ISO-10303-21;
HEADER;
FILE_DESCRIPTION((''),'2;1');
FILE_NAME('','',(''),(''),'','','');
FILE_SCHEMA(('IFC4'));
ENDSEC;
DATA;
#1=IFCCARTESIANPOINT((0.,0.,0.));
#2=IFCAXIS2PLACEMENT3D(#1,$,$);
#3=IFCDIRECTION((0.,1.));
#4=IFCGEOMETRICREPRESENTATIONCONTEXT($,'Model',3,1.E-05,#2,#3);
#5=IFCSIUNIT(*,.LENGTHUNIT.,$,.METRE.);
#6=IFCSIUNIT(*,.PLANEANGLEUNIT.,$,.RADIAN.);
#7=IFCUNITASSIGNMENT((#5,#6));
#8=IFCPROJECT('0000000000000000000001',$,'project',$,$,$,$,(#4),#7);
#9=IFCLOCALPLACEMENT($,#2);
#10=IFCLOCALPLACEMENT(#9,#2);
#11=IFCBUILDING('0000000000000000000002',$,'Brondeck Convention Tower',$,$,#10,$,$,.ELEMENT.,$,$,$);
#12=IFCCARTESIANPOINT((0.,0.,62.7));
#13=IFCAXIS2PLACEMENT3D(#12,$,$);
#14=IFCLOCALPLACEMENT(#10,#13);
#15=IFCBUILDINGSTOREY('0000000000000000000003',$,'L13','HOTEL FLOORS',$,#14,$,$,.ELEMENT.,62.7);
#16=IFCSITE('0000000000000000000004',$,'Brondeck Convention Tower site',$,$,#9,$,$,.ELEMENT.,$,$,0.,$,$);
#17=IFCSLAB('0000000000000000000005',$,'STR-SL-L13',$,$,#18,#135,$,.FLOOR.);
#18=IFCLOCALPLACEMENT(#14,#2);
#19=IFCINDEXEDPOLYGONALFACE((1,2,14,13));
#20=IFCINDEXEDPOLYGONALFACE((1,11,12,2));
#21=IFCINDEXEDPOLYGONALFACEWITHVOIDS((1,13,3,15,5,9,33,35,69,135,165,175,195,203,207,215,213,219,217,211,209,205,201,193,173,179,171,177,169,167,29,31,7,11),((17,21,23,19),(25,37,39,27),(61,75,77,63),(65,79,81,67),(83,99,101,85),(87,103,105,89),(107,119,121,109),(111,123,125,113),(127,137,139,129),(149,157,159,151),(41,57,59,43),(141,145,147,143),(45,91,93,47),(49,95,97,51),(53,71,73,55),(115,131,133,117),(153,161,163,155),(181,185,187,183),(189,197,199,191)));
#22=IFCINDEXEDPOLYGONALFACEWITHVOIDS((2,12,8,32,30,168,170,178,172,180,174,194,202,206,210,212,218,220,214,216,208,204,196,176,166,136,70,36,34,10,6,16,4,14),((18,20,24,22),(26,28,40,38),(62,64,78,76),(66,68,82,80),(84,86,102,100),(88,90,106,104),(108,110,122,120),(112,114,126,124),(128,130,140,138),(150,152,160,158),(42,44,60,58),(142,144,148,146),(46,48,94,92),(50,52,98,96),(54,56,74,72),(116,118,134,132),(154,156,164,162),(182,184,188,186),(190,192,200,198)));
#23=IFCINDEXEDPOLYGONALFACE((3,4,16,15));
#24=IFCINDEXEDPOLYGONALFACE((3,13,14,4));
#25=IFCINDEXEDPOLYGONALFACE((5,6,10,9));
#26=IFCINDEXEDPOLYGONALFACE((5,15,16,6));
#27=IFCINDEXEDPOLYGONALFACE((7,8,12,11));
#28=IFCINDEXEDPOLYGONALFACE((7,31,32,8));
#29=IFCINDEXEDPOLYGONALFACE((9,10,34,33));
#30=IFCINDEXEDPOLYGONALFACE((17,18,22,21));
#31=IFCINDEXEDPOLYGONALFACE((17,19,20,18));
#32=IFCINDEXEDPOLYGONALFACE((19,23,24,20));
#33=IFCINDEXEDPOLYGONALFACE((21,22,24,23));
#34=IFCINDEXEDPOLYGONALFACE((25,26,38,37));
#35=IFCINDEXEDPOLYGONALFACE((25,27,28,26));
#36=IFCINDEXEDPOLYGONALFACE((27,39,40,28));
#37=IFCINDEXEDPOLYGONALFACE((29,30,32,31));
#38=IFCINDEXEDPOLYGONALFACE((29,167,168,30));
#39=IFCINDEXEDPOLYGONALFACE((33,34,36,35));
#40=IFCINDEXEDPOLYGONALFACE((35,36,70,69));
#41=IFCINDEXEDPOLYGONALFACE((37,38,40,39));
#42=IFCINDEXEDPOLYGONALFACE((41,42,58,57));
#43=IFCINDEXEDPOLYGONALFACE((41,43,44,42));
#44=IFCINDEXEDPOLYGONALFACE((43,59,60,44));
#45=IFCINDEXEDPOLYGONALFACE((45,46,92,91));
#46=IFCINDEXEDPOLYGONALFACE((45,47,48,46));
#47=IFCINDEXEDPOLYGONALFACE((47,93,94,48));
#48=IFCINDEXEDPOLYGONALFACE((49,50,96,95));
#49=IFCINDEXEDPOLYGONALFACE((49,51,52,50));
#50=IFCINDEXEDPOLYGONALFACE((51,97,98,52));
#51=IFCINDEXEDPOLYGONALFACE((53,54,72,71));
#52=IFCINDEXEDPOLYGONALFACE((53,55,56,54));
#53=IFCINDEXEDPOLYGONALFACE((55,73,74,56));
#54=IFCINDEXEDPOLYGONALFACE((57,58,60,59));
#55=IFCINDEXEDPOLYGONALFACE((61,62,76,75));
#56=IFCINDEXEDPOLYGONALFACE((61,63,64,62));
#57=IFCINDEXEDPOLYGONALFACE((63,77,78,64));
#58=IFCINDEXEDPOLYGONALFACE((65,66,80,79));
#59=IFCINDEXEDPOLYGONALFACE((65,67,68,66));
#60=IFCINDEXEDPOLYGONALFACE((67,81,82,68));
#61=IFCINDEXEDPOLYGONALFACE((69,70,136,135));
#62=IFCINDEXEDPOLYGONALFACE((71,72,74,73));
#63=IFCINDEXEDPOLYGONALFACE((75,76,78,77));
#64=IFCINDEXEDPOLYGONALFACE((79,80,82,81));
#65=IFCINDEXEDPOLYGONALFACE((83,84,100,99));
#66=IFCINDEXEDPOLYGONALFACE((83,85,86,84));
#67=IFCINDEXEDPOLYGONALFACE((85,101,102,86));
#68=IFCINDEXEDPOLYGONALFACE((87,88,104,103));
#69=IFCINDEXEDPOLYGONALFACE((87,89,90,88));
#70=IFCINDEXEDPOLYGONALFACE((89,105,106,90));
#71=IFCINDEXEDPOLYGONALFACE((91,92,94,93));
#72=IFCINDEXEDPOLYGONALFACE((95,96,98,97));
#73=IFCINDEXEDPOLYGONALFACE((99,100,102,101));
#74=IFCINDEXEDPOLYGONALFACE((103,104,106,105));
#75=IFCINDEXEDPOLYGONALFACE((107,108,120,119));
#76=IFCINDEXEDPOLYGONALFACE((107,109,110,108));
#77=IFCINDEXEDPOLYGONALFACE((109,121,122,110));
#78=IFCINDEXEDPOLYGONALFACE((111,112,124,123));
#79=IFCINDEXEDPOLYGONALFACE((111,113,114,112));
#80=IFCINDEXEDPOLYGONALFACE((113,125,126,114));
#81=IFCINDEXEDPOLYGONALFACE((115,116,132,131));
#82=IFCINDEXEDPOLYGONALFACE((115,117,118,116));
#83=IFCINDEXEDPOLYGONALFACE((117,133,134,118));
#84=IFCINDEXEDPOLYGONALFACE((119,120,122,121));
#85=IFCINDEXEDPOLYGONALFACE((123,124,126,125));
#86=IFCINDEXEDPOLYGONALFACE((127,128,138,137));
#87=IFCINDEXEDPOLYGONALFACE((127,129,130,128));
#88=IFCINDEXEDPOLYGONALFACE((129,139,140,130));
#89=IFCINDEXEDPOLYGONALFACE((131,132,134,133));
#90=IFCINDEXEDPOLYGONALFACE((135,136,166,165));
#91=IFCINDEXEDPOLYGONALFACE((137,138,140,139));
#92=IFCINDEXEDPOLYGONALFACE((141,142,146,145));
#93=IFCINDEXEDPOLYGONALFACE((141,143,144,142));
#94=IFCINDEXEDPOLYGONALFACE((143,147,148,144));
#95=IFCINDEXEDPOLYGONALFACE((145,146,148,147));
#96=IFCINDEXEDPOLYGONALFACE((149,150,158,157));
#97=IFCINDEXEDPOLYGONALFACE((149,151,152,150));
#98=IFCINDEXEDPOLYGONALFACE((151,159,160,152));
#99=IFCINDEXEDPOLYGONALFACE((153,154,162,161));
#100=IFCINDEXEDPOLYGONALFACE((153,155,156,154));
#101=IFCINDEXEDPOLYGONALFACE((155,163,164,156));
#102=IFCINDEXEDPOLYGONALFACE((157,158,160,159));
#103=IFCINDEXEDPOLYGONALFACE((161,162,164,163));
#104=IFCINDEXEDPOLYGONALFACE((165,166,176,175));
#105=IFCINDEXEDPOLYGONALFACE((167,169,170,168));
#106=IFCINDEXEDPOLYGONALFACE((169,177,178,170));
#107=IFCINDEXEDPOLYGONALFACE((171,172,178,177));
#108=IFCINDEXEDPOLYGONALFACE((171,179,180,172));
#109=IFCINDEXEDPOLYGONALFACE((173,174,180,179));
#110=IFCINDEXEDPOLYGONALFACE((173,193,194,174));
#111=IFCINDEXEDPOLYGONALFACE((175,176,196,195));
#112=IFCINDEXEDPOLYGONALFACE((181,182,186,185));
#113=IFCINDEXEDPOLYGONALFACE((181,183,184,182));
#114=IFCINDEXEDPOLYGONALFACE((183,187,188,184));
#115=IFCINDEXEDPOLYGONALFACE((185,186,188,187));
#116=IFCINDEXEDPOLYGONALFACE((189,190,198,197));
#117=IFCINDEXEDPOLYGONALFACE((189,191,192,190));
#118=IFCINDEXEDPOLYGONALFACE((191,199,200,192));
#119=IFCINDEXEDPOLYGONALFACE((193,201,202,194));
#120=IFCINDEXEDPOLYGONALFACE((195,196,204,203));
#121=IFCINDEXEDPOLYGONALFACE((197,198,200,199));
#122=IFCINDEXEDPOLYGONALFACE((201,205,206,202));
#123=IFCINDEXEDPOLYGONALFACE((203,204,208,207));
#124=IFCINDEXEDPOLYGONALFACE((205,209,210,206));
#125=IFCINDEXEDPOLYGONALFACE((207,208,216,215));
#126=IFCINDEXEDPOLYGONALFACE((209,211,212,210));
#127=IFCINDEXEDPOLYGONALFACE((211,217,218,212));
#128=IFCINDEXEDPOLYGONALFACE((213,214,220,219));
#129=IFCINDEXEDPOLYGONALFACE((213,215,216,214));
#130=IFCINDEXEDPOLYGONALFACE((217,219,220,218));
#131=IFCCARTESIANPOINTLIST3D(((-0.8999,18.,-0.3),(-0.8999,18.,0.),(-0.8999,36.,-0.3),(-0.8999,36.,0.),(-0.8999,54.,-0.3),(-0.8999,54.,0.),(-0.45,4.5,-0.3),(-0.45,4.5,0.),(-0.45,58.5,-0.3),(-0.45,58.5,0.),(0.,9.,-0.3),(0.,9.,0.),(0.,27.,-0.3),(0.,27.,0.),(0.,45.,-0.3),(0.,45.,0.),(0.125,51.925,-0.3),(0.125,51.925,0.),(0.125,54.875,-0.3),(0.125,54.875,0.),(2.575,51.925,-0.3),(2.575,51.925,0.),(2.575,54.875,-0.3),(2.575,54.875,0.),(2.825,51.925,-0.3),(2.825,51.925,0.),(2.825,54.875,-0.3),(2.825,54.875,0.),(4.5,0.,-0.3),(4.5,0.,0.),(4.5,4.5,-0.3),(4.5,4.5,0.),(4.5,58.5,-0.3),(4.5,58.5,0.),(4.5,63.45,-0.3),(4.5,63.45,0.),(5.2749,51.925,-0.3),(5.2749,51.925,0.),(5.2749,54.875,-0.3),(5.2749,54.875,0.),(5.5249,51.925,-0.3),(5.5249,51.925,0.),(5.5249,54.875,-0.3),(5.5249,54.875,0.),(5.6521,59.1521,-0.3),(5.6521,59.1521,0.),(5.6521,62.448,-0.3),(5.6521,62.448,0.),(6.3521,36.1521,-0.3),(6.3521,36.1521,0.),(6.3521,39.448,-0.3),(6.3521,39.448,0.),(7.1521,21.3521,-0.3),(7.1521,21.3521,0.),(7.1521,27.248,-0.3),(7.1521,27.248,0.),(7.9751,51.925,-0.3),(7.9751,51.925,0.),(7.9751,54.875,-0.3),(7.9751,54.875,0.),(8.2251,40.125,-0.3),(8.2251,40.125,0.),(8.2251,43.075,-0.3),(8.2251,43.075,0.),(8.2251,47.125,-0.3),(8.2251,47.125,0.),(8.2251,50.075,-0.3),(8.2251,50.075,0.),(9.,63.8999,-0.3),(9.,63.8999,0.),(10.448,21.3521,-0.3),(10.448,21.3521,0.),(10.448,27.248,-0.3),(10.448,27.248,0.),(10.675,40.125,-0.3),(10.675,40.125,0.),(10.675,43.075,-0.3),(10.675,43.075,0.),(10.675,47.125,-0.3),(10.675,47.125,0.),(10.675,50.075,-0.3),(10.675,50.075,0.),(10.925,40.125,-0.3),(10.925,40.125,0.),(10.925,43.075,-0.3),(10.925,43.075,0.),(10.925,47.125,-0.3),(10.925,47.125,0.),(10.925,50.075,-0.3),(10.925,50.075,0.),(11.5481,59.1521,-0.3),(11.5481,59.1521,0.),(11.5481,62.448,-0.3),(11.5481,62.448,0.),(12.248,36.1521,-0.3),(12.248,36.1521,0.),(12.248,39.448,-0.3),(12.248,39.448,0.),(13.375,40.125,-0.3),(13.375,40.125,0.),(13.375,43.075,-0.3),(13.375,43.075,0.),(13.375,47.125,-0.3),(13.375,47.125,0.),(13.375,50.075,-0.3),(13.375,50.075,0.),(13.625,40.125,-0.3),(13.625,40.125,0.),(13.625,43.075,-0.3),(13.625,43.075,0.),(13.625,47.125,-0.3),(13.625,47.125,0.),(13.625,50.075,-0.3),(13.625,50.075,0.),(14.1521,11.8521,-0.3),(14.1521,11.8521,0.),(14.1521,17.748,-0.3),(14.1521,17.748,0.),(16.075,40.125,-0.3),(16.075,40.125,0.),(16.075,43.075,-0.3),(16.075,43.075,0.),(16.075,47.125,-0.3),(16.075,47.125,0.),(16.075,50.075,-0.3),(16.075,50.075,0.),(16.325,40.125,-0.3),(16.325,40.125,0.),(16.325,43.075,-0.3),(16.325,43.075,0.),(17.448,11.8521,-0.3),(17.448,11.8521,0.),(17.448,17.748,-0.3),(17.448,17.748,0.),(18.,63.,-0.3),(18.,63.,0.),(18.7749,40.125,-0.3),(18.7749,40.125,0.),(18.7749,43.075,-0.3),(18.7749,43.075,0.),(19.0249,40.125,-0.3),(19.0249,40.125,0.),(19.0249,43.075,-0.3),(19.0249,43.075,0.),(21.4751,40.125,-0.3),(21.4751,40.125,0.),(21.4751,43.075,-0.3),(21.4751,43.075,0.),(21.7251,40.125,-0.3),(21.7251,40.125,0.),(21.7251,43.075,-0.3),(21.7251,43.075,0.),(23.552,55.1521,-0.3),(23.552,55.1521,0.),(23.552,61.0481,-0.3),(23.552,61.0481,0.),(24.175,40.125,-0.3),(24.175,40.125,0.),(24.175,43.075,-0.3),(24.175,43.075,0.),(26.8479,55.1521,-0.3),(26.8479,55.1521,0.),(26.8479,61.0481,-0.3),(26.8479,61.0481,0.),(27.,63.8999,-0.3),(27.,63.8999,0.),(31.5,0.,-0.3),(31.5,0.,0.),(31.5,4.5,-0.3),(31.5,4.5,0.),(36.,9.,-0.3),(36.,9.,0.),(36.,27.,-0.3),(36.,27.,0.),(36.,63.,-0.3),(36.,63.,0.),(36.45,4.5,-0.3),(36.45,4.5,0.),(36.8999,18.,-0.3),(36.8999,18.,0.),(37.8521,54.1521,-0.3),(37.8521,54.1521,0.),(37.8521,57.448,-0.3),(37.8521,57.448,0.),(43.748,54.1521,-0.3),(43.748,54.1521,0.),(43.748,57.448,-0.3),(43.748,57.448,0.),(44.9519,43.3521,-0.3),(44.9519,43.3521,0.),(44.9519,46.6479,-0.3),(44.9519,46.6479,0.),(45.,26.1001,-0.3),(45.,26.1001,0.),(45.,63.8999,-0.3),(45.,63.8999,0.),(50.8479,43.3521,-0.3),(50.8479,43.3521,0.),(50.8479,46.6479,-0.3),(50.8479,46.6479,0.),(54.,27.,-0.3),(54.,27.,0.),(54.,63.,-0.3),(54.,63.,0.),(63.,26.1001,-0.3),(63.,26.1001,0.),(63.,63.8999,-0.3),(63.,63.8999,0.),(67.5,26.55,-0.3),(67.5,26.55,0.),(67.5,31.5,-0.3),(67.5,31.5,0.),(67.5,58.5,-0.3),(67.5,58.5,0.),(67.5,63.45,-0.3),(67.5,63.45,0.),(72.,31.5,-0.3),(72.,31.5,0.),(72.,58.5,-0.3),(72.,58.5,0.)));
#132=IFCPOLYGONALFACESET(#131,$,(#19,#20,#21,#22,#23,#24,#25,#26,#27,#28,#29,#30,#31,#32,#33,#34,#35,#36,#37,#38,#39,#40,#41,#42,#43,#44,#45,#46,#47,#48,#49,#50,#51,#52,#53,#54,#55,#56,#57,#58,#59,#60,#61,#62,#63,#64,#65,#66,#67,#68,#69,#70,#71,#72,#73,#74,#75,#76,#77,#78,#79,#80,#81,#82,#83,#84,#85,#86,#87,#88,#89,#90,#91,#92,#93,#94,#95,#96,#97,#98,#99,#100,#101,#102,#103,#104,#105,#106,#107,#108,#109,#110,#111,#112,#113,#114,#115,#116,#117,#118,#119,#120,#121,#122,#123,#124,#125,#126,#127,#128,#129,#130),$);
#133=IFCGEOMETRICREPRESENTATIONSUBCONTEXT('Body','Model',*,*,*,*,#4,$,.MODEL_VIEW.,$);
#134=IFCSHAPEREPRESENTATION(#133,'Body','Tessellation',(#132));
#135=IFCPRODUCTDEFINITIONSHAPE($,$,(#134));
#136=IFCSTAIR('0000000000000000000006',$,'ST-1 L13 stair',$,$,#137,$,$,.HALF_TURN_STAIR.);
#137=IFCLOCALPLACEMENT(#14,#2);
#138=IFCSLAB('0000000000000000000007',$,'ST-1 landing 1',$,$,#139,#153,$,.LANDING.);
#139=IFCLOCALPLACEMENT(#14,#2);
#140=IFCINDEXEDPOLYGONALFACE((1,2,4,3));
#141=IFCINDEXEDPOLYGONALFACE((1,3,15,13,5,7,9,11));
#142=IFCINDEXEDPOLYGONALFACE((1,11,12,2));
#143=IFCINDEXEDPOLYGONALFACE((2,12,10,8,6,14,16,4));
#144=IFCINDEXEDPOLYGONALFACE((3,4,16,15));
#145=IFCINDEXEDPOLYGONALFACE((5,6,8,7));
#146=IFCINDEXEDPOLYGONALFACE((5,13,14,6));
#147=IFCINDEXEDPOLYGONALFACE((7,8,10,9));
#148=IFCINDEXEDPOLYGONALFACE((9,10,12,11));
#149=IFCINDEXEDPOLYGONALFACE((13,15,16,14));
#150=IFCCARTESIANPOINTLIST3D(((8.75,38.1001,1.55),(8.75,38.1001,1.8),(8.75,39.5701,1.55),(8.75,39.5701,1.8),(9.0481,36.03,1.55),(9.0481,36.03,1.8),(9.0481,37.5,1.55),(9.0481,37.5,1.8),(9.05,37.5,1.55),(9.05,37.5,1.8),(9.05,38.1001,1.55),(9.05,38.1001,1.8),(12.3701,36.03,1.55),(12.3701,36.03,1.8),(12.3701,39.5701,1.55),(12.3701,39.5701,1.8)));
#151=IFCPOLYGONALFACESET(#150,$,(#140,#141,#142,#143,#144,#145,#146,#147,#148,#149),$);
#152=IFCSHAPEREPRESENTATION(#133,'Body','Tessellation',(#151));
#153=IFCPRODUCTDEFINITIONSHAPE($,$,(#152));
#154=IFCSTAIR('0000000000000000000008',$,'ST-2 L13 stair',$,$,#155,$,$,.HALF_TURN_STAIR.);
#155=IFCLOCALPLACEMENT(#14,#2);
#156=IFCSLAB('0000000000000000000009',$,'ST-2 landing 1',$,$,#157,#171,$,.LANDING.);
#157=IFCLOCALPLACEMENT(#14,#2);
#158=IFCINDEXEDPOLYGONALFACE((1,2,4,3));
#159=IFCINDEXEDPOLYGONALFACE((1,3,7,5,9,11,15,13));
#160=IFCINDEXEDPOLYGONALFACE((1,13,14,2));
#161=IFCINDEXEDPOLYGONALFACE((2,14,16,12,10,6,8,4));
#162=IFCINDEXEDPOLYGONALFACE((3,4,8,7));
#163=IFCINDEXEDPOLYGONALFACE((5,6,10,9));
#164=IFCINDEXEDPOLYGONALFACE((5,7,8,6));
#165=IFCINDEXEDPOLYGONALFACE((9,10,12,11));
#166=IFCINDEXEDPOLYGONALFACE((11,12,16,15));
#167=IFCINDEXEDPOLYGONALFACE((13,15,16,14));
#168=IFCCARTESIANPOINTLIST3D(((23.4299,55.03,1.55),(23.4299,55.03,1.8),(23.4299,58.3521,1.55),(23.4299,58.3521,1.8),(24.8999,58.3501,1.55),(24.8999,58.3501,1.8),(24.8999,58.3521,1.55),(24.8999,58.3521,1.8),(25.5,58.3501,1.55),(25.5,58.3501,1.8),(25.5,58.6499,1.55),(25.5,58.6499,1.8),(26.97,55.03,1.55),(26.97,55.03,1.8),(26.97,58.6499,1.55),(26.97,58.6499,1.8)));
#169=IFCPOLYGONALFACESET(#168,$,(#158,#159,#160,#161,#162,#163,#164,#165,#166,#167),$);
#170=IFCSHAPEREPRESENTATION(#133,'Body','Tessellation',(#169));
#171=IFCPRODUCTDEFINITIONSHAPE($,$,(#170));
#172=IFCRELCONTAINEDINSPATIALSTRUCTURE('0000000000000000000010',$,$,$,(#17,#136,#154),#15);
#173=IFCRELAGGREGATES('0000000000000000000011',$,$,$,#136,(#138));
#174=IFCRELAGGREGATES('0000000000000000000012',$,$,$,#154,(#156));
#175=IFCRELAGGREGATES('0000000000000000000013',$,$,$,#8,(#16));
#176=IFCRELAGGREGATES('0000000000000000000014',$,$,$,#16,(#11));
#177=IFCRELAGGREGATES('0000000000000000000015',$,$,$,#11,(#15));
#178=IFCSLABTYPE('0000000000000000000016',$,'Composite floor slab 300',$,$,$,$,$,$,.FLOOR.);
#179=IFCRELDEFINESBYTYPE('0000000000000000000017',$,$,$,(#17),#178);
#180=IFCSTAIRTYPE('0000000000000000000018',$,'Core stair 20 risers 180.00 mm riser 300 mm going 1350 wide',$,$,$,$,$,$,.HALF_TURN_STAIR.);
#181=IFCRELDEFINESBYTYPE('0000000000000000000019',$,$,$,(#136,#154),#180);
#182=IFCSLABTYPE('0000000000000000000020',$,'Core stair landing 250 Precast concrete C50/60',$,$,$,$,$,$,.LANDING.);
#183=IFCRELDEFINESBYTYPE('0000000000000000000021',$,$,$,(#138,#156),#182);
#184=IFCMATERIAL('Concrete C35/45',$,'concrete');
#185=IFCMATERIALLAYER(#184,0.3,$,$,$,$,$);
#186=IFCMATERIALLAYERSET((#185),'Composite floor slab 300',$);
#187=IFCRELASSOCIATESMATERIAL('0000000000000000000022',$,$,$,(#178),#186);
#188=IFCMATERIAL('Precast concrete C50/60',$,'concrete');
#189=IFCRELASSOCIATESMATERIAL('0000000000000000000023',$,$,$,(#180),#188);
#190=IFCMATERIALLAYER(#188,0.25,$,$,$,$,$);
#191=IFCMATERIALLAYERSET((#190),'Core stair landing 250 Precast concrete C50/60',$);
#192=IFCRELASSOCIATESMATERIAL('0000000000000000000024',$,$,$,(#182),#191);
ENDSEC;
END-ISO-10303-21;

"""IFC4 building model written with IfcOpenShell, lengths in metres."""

from ifc_helpers import new_model, si_unit, direction, frame, origin, place, context, subcontext, project, spatial, polyline, outline, extrude, material, layer, layer_set, type_object, element, aggregate, save


model = new_model("IFC4")

# Units and contexts
model_context = context("Model", 3, precision=1e-05, world=origin(), true_north=direction((0.0, 1.0)))
body_context = subcontext(model_context, "Body", "Model", "MODEL_VIEW")
ifc_project = project(units=[si_unit("LENGTHUNIT", "METRE"), si_unit("PLANEANGLEUNIT", "RADIAN")], contexts=[model_context])

# Site, building, storey
site_placement = place(None, origin())
site = spatial("IfcSite", under=ifc_project, at=site_placement, Name="Brondeck Convention Tower site", CompositionType="ELEMENT", RefElevation=0.0)
building_placement = place(site_placement, origin())
building = spatial("IfcBuilding", under=site, at=building_placement, Name="Brondeck Convention Tower", CompositionType="ELEMENT")
storey_placement = place(building_placement, frame((0.0, 0.0, 62.7)))
storey = spatial("IfcBuildingStorey", under=building, at=storey_placement, Name="L13", Description="HOTEL FLOORS", CompositionType="ELEMENT", Elevation=62.7)

# Slab
ifc_material_1 = material(Name="Concrete C35/45", Category="concrete")
ifc_layer_1 = layer(ifc_material_1, 0.3)
ifc_layer_set_1 = layer_set([ifc_layer_1], Name="Composite floor slab 300")
slab_type_1 = type_object("IfcSlabType", Name="Composite floor slab 300", PredefinedType="FLOOR", material=ifc_layer_set_1)
slab_1_placement = place(storey_placement, frame((0.0, 0.0, -0.3)))
element("IfcSlab", 1, at=slab_1_placement, inside=storey, type_object=slab_type_1, Name="STR-SL-L13", PredefinedType="FLOOR", context=body_context, shape_type="SweptSolid", body=[
    extrude(outline(polyline([(4.5, 4.5), (-0.45, 4.5), (0.0, 9.0), (-0.8999, 18.0), (0.0, 27.0), (-0.8999, 36.0), (0.0, 45.0), (-0.8999, 54.0), (-0.45, 58.5), (4.5, 58.5), (4.5, 63.45), (9.0, 63.8999), (18.0, 63.0), (27.0, 63.8999), (36.0, 63.0), (45.0, 63.8999), (54.0, 63.0), (63.0, 63.8999), (67.5, 63.45), (67.5, 58.5), (72.0, 58.5), (72.0, 31.5), (67.5, 31.5), (67.5, 26.55), (63.0, 26.1001), (54.0, 27.0), (45.0, 26.1001), (36.0, 27.0), (36.8999, 18.0), (36.0, 9.0), (36.45, 4.5), (31.5, 4.5), (31.5, 0.0), (4.5, 0.0), (4.5, 4.5)]), holes=[polyline([(10.448, 27.248), (7.1521, 27.248), (7.1521, 21.3521), (10.448, 21.3521), (10.448, 27.248)]), polyline([(12.248, 36.1521), (12.248, 39.448), (6.3521, 39.448), (6.3521, 36.1521), (12.248, 36.1521)]), polyline([(10.675, 40.125), (10.675, 43.075), (8.2251, 43.075), (8.2251, 40.125), (10.675, 40.125)]), polyline([(13.375, 40.125), (13.375, 43.075), (10.925, 43.075), (10.925, 40.125), (13.375, 40.125)]), polyline([(10.675, 47.125), (10.675, 50.075), (8.2251, 50.075), (8.2251, 47.125), (10.675, 47.125)]), polyline([(13.375, 47.125), (13.375, 50.075), (10.925, 50.075), (10.925, 47.125), (13.375, 47.125)]), polyline([(2.575, 51.925), (2.575, 54.875), (0.125, 54.875), (0.125, 51.925), (2.575, 51.925)]), polyline([(2.825, 51.925), (5.2749, 51.925), (5.2749, 54.875), (2.825, 54.875), (2.825, 51.925)]), polyline([(5.5249, 51.925), (7.9751, 51.925), (7.9751, 54.875), (5.5249, 54.875), (5.5249, 51.925)]), polyline([(5.6521, 62.448), (5.6521, 59.1521), (11.5481, 59.1521), (11.5481, 62.448), (5.6521, 62.448)]), polyline([(17.448, 17.748), (14.1521, 17.748), (14.1521, 11.8521), (17.448, 11.8521), (17.448, 17.748)]), polyline([(16.075, 40.125), (16.075, 43.075), (13.625, 43.075), (13.625, 40.125), (16.075, 40.125)]), polyline([(16.325, 40.125), (18.7749, 40.125), (18.7749, 43.075), (16.325, 43.075), (16.325, 40.125)]), polyline([(19.0249, 40.125), (21.4751, 40.125), (21.4751, 43.075), (19.0249, 43.075), (19.0249, 40.125)]), polyline([(24.175, 40.125), (24.175, 43.075), (21.7251, 43.075), (21.7251, 40.125), (24.175, 40.125)]), polyline([(50.8479, 43.3521), (50.8479, 46.6479), (44.9519, 46.6479), (44.9519, 43.3521), (50.8479, 43.3521)]), polyline([(16.075, 47.125), (16.075, 50.075), (13.625, 50.075), (13.625, 47.125), (16.075, 47.125)]), polyline([(37.8521, 54.1521), (43.748, 54.1521), (43.748, 57.448), (37.8521, 57.448), (37.8521, 54.1521)]), polyline([(23.552, 61.0481), (23.552, 55.1521), (26.8479, 55.1521), (26.8479, 61.0481), (23.552, 61.0481)])]), origin(), (0.0, 0.0, 1.0), 0.3),
])

# Stairs, slabs
ifc_material_2 = material(Name="Precast concrete C50/60", Category="concrete")
stair_type = type_object("IfcStairType", Name="Core stair 20 risers 180.00 mm riser 300 mm going 1350 wide", PredefinedType="HALF_TURN_STAIR", material=ifc_material_2)
stair_1_placement = place(storey_placement, origin())
stair_1 = element("IfcStair", 2, at=stair_1_placement, inside=storey, type_object=stair_type, Name="ST-1 L13 stair", PredefinedType="HALF_TURN_STAIR")
ifc_layer_2 = layer(ifc_material_2, 0.25)
ifc_layer_set_2 = layer_set([ifc_layer_2], Name="Core stair landing 250 Precast concrete C50/60")
slab_type_2 = type_object("IfcSlabType", Name="Core stair landing 250 Precast concrete C50/60", PredefinedType="LANDING", material=ifc_layer_set_2)
slab_2_placement = place(storey_placement, frame((0.0, 0.0, 1.55)))
slab_2 = element("IfcSlab", 3, at=slab_2_placement, type_object=slab_type_2, Name="ST-1 landing 1", PredefinedType="LANDING", context=body_context, shape_type="SweptSolid", body=[
    extrude(outline(polyline([(9.0481, 37.5), (9.05, 37.5), (9.05, 38.1001), (8.75, 38.1001), (8.75, 39.5701), (12.3701, 39.5701), (12.3701, 36.03), (9.0481, 36.03), (9.0481, 37.5)])), origin(), (0.0, 0.0, 1.0), 0.25),
])
aggregate(stair_1, [slab_2])
stair_2_placement = place(storey_placement, origin())
stair_2 = element("IfcStair", 4, at=stair_2_placement, inside=storey, type_object=stair_type, Name="ST-2 L13 stair", PredefinedType="HALF_TURN_STAIR")
slab_3_placement = place(storey_placement, frame((0.0, 0.0, 1.55)))
slab_3 = element("IfcSlab", 5, at=slab_3_placement, type_object=slab_type_2, Name="ST-2 landing 1", PredefinedType="LANDING", context=body_context, shape_type="SweptSolid", body=[
    extrude(outline(polyline([(23.4299, 58.3521), (24.8999, 58.3521), (24.8999, 58.3501), (25.5, 58.3501), (25.5, 58.6499), (26.97, 58.6499), (26.97, 55.03), (23.4299, 55.03), (23.4299, 58.3521)])), origin(), (0.0, 0.0, 1.0), 0.25),
])
aggregate(stair_2, [slab_3])

save(model, "model.ifc")
